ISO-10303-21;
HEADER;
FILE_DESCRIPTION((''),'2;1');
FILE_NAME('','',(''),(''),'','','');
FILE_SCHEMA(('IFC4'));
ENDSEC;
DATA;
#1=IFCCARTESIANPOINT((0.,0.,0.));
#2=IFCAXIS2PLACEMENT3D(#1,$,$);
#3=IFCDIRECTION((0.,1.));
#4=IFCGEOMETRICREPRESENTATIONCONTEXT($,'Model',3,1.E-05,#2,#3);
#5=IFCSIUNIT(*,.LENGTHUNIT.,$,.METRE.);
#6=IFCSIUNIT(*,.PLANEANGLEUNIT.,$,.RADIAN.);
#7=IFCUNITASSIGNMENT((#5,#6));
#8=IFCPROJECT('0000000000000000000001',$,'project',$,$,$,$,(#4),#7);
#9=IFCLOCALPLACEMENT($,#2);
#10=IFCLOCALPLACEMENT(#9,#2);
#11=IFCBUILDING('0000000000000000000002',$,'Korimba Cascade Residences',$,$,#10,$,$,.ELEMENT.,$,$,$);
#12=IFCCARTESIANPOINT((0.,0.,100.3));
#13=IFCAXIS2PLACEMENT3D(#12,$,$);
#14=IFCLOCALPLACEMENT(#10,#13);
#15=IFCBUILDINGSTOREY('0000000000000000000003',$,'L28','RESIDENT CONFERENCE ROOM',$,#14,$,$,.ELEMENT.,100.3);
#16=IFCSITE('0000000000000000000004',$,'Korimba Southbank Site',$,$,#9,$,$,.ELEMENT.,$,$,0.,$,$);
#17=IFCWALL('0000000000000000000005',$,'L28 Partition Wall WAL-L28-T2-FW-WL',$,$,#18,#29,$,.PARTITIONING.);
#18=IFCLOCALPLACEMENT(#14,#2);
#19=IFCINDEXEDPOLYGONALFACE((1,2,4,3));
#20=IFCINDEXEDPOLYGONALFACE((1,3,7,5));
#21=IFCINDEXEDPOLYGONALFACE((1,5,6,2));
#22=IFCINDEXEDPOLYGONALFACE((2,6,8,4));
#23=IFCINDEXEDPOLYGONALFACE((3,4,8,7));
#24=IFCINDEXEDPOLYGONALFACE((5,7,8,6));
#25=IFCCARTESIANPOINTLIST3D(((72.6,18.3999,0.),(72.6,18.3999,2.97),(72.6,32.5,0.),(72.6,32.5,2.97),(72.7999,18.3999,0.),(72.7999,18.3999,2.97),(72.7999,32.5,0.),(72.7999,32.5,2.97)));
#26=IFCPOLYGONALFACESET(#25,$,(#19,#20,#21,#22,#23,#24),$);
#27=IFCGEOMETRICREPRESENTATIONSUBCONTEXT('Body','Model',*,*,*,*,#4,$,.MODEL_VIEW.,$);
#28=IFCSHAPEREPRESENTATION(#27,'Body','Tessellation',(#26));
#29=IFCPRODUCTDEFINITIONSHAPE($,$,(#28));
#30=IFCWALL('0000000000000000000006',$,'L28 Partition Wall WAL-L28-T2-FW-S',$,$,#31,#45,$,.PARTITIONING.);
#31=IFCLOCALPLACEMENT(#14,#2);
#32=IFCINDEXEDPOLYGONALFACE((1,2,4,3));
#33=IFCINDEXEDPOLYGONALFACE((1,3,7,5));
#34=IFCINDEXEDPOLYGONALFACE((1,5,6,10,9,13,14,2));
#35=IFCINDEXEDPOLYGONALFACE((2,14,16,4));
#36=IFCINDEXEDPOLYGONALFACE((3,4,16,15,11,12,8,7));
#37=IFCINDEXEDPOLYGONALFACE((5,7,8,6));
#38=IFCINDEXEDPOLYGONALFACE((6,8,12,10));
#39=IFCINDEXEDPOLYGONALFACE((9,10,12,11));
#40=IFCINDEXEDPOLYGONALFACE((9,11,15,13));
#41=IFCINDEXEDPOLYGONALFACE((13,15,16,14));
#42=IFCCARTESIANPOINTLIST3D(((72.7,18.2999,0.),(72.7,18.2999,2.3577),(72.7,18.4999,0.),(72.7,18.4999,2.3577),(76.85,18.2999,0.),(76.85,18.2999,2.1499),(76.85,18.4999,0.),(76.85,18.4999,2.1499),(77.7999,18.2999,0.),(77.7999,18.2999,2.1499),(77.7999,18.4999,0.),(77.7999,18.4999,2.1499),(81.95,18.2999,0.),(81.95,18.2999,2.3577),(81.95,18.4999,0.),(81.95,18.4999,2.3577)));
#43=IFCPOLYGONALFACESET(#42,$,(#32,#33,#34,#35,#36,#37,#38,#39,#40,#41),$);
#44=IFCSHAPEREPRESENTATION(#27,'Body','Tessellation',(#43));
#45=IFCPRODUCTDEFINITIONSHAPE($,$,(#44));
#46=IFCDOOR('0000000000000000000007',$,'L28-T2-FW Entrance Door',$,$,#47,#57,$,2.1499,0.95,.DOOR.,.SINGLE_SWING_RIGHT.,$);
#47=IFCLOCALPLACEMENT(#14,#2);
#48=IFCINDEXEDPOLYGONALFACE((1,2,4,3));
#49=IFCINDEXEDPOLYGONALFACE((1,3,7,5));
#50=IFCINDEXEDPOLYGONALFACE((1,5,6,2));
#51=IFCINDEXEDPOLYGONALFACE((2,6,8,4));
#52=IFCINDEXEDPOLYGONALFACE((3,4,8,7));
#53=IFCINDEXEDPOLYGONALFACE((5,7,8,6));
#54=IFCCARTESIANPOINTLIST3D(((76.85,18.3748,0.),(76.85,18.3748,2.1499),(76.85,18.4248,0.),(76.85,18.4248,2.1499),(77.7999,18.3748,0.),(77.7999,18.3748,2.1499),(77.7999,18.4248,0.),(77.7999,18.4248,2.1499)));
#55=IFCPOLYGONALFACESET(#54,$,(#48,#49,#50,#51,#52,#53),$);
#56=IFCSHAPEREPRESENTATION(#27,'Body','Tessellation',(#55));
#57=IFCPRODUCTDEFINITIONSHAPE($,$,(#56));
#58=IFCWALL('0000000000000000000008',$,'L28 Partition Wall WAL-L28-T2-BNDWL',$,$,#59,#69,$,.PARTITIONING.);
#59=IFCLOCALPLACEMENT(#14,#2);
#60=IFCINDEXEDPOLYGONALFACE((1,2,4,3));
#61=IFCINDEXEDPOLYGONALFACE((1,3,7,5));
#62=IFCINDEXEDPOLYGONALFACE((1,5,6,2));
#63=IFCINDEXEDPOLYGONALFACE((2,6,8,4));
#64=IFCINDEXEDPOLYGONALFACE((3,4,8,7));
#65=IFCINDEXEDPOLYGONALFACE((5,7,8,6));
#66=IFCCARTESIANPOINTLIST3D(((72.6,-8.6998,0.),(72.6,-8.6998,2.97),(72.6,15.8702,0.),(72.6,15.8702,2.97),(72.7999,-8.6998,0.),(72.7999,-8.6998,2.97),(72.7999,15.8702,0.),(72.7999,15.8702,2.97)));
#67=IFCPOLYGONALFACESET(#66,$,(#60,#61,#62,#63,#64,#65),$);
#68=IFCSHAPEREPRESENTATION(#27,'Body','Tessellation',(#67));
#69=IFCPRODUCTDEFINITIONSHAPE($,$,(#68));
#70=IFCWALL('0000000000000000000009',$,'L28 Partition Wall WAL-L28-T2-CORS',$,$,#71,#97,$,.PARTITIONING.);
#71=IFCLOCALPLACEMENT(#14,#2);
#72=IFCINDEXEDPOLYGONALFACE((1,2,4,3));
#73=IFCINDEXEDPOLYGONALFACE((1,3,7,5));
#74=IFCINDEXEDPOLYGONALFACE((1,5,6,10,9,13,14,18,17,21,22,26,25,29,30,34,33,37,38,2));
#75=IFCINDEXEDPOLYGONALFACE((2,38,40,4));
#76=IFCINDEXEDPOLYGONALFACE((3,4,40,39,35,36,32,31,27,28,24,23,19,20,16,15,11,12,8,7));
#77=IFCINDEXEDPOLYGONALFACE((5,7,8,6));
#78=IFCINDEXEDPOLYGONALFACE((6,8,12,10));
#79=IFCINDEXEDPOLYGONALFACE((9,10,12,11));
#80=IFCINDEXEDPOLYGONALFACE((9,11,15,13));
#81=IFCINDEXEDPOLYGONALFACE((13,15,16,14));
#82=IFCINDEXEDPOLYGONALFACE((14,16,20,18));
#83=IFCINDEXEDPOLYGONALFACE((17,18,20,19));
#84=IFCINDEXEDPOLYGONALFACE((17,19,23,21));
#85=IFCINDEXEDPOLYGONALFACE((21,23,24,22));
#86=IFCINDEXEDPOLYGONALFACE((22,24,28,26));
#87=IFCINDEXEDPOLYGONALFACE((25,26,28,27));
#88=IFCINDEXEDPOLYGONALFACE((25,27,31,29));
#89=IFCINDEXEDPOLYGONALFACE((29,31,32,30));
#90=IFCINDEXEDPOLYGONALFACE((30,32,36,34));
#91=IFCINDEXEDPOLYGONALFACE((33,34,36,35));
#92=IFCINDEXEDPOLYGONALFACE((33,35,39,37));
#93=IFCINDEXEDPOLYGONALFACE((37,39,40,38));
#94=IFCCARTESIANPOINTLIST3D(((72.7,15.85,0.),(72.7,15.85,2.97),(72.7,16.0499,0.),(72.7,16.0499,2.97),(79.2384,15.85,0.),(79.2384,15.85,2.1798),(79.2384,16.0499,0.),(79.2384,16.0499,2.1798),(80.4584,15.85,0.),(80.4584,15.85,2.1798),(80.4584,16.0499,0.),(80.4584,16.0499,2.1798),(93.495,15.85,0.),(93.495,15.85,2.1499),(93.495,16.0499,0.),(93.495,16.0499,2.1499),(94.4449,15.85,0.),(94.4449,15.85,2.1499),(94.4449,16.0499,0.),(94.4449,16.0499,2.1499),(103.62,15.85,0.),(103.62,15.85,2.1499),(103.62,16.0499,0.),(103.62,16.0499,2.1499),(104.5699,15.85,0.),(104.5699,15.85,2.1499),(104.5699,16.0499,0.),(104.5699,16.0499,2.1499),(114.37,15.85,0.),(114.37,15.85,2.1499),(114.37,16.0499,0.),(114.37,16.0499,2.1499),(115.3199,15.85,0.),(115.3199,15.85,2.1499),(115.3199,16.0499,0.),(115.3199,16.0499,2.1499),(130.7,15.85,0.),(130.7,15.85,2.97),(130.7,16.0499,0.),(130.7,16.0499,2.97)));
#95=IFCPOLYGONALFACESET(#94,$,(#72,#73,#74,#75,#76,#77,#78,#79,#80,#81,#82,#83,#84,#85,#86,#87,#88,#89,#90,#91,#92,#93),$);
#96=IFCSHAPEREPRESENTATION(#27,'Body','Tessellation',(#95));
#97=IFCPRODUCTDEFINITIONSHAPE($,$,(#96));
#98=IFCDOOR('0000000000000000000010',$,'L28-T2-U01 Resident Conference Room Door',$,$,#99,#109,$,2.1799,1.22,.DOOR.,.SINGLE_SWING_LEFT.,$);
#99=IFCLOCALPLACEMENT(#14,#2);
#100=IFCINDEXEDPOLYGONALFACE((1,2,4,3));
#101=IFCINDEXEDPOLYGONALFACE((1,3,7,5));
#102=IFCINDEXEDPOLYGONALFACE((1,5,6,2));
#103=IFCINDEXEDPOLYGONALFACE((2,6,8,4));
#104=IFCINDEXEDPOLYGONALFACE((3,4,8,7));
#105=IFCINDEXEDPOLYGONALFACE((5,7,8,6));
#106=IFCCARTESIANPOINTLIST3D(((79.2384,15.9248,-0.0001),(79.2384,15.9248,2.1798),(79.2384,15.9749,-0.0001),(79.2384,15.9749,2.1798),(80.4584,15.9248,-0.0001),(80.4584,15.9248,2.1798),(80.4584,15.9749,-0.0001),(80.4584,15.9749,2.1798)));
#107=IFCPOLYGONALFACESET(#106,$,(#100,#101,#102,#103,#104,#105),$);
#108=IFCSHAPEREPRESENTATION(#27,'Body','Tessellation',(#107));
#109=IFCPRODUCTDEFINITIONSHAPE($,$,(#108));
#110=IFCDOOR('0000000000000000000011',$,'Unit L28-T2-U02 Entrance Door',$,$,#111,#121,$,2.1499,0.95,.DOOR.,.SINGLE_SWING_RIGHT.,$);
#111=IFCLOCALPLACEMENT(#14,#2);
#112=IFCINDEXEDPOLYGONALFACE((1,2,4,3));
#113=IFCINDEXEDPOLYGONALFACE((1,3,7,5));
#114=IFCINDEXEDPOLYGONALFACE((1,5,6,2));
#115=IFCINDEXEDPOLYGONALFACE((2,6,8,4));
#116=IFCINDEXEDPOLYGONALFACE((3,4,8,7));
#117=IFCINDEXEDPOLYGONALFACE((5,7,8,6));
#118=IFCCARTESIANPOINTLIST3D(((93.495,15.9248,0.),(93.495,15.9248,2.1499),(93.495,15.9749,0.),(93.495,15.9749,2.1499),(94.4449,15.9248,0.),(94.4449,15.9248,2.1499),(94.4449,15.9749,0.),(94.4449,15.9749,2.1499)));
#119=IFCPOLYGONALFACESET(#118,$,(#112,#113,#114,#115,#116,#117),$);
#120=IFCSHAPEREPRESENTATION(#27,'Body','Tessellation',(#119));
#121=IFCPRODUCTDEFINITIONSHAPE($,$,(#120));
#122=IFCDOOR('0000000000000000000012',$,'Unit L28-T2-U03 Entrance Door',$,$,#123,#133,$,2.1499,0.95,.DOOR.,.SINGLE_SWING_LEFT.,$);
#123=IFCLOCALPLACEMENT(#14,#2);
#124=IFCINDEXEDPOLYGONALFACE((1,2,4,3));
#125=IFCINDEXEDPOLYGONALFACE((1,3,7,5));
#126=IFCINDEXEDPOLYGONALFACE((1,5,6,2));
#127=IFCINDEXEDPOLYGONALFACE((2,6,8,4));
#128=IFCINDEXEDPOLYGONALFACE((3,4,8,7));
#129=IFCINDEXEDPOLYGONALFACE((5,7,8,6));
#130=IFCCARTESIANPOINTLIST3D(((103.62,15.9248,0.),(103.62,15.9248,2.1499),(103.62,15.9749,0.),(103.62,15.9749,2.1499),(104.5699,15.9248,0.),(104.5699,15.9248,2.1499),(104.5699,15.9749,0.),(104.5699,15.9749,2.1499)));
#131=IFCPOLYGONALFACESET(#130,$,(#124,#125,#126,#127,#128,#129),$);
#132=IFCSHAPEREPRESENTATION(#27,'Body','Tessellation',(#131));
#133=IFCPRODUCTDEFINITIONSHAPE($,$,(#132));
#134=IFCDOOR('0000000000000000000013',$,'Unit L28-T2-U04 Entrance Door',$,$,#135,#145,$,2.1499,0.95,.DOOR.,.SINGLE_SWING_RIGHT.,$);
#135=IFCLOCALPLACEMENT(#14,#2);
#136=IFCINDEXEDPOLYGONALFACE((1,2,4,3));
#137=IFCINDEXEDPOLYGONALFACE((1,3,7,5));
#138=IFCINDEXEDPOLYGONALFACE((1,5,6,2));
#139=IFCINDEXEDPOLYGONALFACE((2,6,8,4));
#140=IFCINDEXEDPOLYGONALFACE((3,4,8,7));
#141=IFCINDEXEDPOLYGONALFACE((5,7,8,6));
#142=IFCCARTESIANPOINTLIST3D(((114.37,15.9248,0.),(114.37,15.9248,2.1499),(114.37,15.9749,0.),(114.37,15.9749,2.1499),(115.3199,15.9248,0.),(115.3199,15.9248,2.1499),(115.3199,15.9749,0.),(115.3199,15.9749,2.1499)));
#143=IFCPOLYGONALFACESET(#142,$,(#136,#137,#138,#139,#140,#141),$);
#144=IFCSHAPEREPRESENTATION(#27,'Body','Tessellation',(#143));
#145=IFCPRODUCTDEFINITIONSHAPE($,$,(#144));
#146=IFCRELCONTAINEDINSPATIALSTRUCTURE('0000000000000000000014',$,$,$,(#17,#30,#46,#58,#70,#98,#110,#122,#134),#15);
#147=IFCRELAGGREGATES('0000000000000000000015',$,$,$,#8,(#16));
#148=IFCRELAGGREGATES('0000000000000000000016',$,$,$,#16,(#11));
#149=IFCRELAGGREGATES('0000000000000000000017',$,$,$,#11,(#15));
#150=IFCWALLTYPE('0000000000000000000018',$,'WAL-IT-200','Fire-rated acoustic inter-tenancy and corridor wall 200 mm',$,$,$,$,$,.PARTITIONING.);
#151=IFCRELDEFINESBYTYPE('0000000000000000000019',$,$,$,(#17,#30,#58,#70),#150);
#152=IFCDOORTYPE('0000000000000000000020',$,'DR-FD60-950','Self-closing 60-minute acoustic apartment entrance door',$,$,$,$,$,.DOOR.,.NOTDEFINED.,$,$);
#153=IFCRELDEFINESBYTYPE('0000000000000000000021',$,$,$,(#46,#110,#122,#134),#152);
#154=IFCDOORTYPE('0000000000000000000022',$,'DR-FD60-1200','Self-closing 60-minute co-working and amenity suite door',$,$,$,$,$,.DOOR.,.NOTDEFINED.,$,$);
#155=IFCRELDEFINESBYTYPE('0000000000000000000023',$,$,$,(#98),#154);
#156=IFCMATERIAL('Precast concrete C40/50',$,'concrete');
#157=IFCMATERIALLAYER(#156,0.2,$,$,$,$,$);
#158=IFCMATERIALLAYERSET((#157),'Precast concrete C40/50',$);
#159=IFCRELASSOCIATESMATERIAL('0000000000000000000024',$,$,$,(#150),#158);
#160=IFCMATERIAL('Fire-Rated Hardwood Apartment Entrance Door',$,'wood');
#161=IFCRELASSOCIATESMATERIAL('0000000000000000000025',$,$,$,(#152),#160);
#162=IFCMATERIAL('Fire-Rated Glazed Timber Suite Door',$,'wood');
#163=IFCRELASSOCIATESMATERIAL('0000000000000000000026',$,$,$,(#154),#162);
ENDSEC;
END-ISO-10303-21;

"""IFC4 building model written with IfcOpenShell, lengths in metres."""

from ifc_helpers import new_model, si_unit, direction, frame, frame_2d, origin, place, context, subcontext, project, spatial, rectangle, extrude, material, layer, layer_set, type_object, element, fill, save


model = new_model("IFC4")

# Units and contexts
model_context = context("Model", 3, precision=1e-05, world=origin(), true_north=direction((0.0, 1.0)))
body_context = subcontext(model_context, "Body", "Model", "MODEL_VIEW")
ifc_project = project(units=[si_unit("LENGTHUNIT", "METRE"), si_unit("PLANEANGLEUNIT", "RADIAN")], contexts=[model_context])

# Site, building, storey
site_placement = place(None, origin())
site = spatial("IfcSite", under=ifc_project, at=site_placement, Name="Korimba Southbank Site", CompositionType="ELEMENT", RefElevation=0.0)
building_placement = place(site_placement, origin())
building = spatial("IfcBuilding", under=site, at=building_placement, Name="Korimba Cascade Residences", CompositionType="ELEMENT")
storey_placement = place(building_placement, frame((0.0, 0.0, 100.3)))
storey = spatial("IfcBuildingStorey", under=building, at=storey_placement, Name="L28", Description="RESIDENT CONFERENCE ROOM", CompositionType="ELEMENT", Elevation=100.3)

# Shared definitions
ifc_material_1 = material(Name="Precast concrete C40/50", Category="concrete")

# Wall
ifc_layer_1 = layer(ifc_material_1, 0.2)
ifc_layer_set_1 = layer_set([ifc_layer_1], Name="Precast concrete C40/50")
wall_type_1 = type_object("IfcWallType", Name="WAL-IT-200", Description="Fire-rated acoustic inter-tenancy and corridor wall 200 mm", PredefinedType="PARTITIONING", material=ifc_layer_set_1)
wall_1_placement = place(storey_placement, frame((72.7, 18.3999, 0.0), z_axis=(0.0, 0.0, 1.0), x_axis=(0.0, 1.0, 0.0)))
element("IfcWall", 1, at=wall_1_placement, inside=storey, type_object=wall_type_1, Name="L28 Partition Wall WAL-L28-T2-FW-WL", PredefinedType="PARTITIONING", context=body_context, shape_type="SweptSolid", body=[
    extrude(rectangle(XDim=14.1001, YDim=0.2, at=frame_2d((7.05, 0.0))), origin(), (0.0, 0.0, 1.0), 2.97),
])

# Wall, opening, door
wall_2_placement = place(storey_placement, frame((72.7, 18.3999, 0.0), z_axis=(0.0, 0.0, 1.0), x_axis=(1.0, 0.0, 0.0)))
wall_2 = element("IfcWall", 2, at=wall_2_placement, inside=storey, type_object=wall_type_1, Name="L28 Partition Wall WAL-L28-T2-FW-S", PredefinedType="PARTITIONING", context=body_context, shape_type="SweptSolid", body=[
    extrude(rectangle(XDim=9.25, YDim=0.2, at=frame_2d((4.625, 0.0))), origin(), (0.0, 0.0, 1.0), 2.3577),
])
opening_1_placement = place(wall_2_placement, frame((4.1499, 0.0, 0.0)))
opening_1 = element("IfcOpeningElement", 3, at=opening_1_placement, cuts=wall_2, PredefinedType="OPENING", context=body_context, shape_type="SweptSolid", body=[
    extrude(rectangle(XDim=0.95, YDim=2.1499, at=frame_2d((0.4751, 1.075))), frame((0.0, 0.1099, 0.0), z_axis=(0.0, -1.0, 0.0), x_axis=(1.0, 0.0, 0.0)), (0.0, 0.0, 1.0), 0.22),
])
ifc_material_2 = material(Name="Fire-Rated Hardwood Apartment Entrance Door", Category="wood")
door_type_1 = type_object("IfcDoorType", Name="DR-FD60-950", Description="Self-closing 60-minute acoustic apartment entrance door", OperationType="NOTDEFINED", PredefinedType="DOOR", material=ifc_material_2)
door_1_placement = place(opening_1_placement, origin())
door_1 = element("IfcDoor", 4, at=door_1_placement, inside=storey, type_object=door_type_1, Name="L28-T2-FW Entrance Door", OperationType="SINGLE_SWING_RIGHT", OverallHeight=2.1499, OverallWidth=0.95, PredefinedType="DOOR", context=body_context, shape_type="SweptSolid", body=[
    extrude(rectangle(XDim=0.95, YDim=2.1499, at=frame_2d((0.4751, 1.075))), frame((0.0, 0.0249, 0.0), z_axis=(0.0, -1.0, 0.0), x_axis=(1.0, 0.0, 0.0)), (0.0, 0.0, 1.0), 0.05),
])
fill(opening_1, door_1)

# Wall
wall_3_placement = place(storey_placement, frame((72.7, -8.7, 0.0), z_axis=(0.0, 0.0, 1.0), x_axis=(0.0, 1.0, 0.0)))
element("IfcWall", 5, at=wall_3_placement, inside=storey, type_object=wall_type_1, Name="L28 Partition Wall WAL-L28-T2-BNDWL", PredefinedType="PARTITIONING", context=body_context, shape_type="SweptSolid", body=[
    extrude(rectangle(XDim=24.5701, YDim=0.2, at=frame_2d((12.2852, 0.0))), origin(), (0.0, 0.0, 1.0), 2.97),
])

# Wall, openings, doors
wall_4_placement = place(storey_placement, frame((72.7, 15.95, 0.0), z_axis=(0.0, 0.0, 1.0), x_axis=(1.0, 0.0, 0.0)))
wall_4 = element("IfcWall", 6, at=wall_4_placement, inside=storey, type_object=wall_type_1, Name="L28 Partition Wall WAL-L28-T2-CORS", PredefinedType="PARTITIONING", context=body_context, shape_type="SweptSolid", body=[
    extrude(rectangle(XDim=58.0, YDim=0.2, at=frame_2d((29.0, 0.0))), origin(), (0.0, 0.0, 1.0), 2.97),
])
opening_2_placement = place(wall_4_placement, frame((6.5386, 0.0, 0.0)))
opening_2 = element("IfcOpeningElement", 7, at=opening_2_placement, cuts=wall_4, PredefinedType="OPENING", context=body_context, shape_type="SweptSolid", body=[
    extrude(rectangle(XDim=1.22, YDim=2.1799, at=frame_2d((0.6099, 1.0898))), frame((0.0, 0.1099, 0.0), z_axis=(0.0, -1.0, 0.0), x_axis=(1.0, 0.0, 0.0)), (0.0, 0.0, 1.0), 0.22),
])
opening_3_placement = place(wall_4_placement, frame((20.7949, 0.0, 0.0)))
opening_3 = element("IfcOpeningElement", 8, at=opening_3_placement, cuts=wall_4, PredefinedType="OPENING", context=body_context, shape_type="SweptSolid", body=[
    extrude(rectangle(XDim=0.95, YDim=2.1499, at=frame_2d((0.4751, 1.075))), frame((0.0, 0.1099, 0.0), z_axis=(0.0, -1.0, 0.0), x_axis=(1.0, 0.0, 0.0)), (0.0, 0.0, 1.0), 0.22),
])
opening_4_placement = place(wall_4_placement, frame((30.9199, 0.0, 0.0)))
opening_4 = element("IfcOpeningElement", 9, at=opening_4_placement, cuts=wall_4, PredefinedType="OPENING", context=body_context, shape_type="SweptSolid", body=[
    extrude(rectangle(XDim=0.95, YDim=2.1499, at=frame_2d((0.4751, 1.075))), frame((0.0, 0.1099, 0.0), z_axis=(0.0, -1.0, 0.0), x_axis=(1.0, 0.0, 0.0)), (0.0, 0.0, 1.0), 0.22),
])
opening_5_placement = place(wall_4_placement, frame((41.6699, 0.0, 0.0)))
opening_5 = element("IfcOpeningElement", 10, at=opening_5_placement, cuts=wall_4, PredefinedType="OPENING", context=body_context, shape_type="SweptSolid", body=[
    extrude(rectangle(XDim=0.95, YDim=2.1499, at=frame_2d((0.4751, 1.075))), frame((0.0, 0.1099, 0.0), z_axis=(0.0, -1.0, 0.0), x_axis=(1.0, 0.0, 0.0)), (0.0, 0.0, 1.0), 0.22),
])
ifc_material_3 = material(Name="Fire-Rated Glazed Timber Suite Door", Category="wood")
door_type_2 = type_object("IfcDoorType", Name="DR-FD60-1200", Description="Self-closing 60-minute co-working and amenity suite door", OperationType="NOTDEFINED", PredefinedType="DOOR", material=ifc_material_3)
door_2_placement = place(opening_2_placement, origin())
door_2 = element("IfcDoor", 11, at=door_2_placement, inside=storey, type_object=door_type_2, Name="L28-T2-U01 Resident Conference Room Door", OperationType="SINGLE_SWING_LEFT", OverallHeight=2.1799, OverallWidth=1.22, PredefinedType="DOOR", context=body_context, shape_type="SweptSolid", body=[
    extrude(rectangle(XDim=1.22, YDim=2.1799, at=frame_2d((0.6099, 1.0898))), frame((0.0, 0.0249, 0.0), z_axis=(0.0, -1.0, 0.0), x_axis=(1.0, 0.0, 0.0)), (0.0, 0.0, 1.0), 0.05),
])
fill(opening_2, door_2)
door_3_placement = place(opening_3_placement, origin())
door_3 = element("IfcDoor", 12, at=door_3_placement, inside=storey, type_object=door_type_1, Name="Unit L28-T2-U02 Entrance Door", OperationType="SINGLE_SWING_RIGHT", OverallHeight=2.1499, OverallWidth=0.95, PredefinedType="DOOR", context=body_context, shape_type="SweptSolid", body=[
    extrude(rectangle(XDim=0.95, YDim=2.1499, at=frame_2d((0.4751, 1.075))), frame((0.0, 0.0249, 0.0), z_axis=(0.0, -1.0, 0.0), x_axis=(1.0, 0.0, 0.0)), (0.0, 0.0, 1.0), 0.05),
])
fill(opening_3, door_3)
door_4_placement = place(opening_4_placement, origin())
door_4 = element("IfcDoor", 13, at=door_4_placement, inside=storey, type_object=door_type_1, Name="Unit L28-T2-U03 Entrance Door", OperationType="SINGLE_SWING_LEFT", OverallHeight=2.1499, OverallWidth=0.95, PredefinedType="DOOR", context=body_context, shape_type="SweptSolid", body=[
    extrude(rectangle(XDim=0.95, YDim=2.1499, at=frame_2d((0.4751, 1.075))), frame((0.0, 0.0249, 0.0), z_axis=(0.0, -1.0, 0.0), x_axis=(1.0, 0.0, 0.0)), (0.0, 0.0, 1.0), 0.05),
])
fill(opening_4, door_4)
door_5_placement = place(opening_5_placement, origin())
door_5 = element("IfcDoor", 14, at=door_5_placement, inside=storey, type_object=door_type_1, Name="Unit L28-T2-U04 Entrance Door", OperationType="SINGLE_SWING_RIGHT", OverallHeight=2.1499, OverallWidth=0.95, PredefinedType="DOOR", context=body_context, shape_type="SweptSolid", body=[
    extrude(rectangle(XDim=0.95, YDim=2.1499, at=frame_2d((0.4751, 1.075))), frame((0.0, 0.0249, 0.0), z_axis=(0.0, -1.0, 0.0), x_axis=(1.0, 0.0, 0.0)), (0.0, 0.0, 1.0), 0.05),
])
fill(opening_5, door_5)

save(model, "model.ifc")
